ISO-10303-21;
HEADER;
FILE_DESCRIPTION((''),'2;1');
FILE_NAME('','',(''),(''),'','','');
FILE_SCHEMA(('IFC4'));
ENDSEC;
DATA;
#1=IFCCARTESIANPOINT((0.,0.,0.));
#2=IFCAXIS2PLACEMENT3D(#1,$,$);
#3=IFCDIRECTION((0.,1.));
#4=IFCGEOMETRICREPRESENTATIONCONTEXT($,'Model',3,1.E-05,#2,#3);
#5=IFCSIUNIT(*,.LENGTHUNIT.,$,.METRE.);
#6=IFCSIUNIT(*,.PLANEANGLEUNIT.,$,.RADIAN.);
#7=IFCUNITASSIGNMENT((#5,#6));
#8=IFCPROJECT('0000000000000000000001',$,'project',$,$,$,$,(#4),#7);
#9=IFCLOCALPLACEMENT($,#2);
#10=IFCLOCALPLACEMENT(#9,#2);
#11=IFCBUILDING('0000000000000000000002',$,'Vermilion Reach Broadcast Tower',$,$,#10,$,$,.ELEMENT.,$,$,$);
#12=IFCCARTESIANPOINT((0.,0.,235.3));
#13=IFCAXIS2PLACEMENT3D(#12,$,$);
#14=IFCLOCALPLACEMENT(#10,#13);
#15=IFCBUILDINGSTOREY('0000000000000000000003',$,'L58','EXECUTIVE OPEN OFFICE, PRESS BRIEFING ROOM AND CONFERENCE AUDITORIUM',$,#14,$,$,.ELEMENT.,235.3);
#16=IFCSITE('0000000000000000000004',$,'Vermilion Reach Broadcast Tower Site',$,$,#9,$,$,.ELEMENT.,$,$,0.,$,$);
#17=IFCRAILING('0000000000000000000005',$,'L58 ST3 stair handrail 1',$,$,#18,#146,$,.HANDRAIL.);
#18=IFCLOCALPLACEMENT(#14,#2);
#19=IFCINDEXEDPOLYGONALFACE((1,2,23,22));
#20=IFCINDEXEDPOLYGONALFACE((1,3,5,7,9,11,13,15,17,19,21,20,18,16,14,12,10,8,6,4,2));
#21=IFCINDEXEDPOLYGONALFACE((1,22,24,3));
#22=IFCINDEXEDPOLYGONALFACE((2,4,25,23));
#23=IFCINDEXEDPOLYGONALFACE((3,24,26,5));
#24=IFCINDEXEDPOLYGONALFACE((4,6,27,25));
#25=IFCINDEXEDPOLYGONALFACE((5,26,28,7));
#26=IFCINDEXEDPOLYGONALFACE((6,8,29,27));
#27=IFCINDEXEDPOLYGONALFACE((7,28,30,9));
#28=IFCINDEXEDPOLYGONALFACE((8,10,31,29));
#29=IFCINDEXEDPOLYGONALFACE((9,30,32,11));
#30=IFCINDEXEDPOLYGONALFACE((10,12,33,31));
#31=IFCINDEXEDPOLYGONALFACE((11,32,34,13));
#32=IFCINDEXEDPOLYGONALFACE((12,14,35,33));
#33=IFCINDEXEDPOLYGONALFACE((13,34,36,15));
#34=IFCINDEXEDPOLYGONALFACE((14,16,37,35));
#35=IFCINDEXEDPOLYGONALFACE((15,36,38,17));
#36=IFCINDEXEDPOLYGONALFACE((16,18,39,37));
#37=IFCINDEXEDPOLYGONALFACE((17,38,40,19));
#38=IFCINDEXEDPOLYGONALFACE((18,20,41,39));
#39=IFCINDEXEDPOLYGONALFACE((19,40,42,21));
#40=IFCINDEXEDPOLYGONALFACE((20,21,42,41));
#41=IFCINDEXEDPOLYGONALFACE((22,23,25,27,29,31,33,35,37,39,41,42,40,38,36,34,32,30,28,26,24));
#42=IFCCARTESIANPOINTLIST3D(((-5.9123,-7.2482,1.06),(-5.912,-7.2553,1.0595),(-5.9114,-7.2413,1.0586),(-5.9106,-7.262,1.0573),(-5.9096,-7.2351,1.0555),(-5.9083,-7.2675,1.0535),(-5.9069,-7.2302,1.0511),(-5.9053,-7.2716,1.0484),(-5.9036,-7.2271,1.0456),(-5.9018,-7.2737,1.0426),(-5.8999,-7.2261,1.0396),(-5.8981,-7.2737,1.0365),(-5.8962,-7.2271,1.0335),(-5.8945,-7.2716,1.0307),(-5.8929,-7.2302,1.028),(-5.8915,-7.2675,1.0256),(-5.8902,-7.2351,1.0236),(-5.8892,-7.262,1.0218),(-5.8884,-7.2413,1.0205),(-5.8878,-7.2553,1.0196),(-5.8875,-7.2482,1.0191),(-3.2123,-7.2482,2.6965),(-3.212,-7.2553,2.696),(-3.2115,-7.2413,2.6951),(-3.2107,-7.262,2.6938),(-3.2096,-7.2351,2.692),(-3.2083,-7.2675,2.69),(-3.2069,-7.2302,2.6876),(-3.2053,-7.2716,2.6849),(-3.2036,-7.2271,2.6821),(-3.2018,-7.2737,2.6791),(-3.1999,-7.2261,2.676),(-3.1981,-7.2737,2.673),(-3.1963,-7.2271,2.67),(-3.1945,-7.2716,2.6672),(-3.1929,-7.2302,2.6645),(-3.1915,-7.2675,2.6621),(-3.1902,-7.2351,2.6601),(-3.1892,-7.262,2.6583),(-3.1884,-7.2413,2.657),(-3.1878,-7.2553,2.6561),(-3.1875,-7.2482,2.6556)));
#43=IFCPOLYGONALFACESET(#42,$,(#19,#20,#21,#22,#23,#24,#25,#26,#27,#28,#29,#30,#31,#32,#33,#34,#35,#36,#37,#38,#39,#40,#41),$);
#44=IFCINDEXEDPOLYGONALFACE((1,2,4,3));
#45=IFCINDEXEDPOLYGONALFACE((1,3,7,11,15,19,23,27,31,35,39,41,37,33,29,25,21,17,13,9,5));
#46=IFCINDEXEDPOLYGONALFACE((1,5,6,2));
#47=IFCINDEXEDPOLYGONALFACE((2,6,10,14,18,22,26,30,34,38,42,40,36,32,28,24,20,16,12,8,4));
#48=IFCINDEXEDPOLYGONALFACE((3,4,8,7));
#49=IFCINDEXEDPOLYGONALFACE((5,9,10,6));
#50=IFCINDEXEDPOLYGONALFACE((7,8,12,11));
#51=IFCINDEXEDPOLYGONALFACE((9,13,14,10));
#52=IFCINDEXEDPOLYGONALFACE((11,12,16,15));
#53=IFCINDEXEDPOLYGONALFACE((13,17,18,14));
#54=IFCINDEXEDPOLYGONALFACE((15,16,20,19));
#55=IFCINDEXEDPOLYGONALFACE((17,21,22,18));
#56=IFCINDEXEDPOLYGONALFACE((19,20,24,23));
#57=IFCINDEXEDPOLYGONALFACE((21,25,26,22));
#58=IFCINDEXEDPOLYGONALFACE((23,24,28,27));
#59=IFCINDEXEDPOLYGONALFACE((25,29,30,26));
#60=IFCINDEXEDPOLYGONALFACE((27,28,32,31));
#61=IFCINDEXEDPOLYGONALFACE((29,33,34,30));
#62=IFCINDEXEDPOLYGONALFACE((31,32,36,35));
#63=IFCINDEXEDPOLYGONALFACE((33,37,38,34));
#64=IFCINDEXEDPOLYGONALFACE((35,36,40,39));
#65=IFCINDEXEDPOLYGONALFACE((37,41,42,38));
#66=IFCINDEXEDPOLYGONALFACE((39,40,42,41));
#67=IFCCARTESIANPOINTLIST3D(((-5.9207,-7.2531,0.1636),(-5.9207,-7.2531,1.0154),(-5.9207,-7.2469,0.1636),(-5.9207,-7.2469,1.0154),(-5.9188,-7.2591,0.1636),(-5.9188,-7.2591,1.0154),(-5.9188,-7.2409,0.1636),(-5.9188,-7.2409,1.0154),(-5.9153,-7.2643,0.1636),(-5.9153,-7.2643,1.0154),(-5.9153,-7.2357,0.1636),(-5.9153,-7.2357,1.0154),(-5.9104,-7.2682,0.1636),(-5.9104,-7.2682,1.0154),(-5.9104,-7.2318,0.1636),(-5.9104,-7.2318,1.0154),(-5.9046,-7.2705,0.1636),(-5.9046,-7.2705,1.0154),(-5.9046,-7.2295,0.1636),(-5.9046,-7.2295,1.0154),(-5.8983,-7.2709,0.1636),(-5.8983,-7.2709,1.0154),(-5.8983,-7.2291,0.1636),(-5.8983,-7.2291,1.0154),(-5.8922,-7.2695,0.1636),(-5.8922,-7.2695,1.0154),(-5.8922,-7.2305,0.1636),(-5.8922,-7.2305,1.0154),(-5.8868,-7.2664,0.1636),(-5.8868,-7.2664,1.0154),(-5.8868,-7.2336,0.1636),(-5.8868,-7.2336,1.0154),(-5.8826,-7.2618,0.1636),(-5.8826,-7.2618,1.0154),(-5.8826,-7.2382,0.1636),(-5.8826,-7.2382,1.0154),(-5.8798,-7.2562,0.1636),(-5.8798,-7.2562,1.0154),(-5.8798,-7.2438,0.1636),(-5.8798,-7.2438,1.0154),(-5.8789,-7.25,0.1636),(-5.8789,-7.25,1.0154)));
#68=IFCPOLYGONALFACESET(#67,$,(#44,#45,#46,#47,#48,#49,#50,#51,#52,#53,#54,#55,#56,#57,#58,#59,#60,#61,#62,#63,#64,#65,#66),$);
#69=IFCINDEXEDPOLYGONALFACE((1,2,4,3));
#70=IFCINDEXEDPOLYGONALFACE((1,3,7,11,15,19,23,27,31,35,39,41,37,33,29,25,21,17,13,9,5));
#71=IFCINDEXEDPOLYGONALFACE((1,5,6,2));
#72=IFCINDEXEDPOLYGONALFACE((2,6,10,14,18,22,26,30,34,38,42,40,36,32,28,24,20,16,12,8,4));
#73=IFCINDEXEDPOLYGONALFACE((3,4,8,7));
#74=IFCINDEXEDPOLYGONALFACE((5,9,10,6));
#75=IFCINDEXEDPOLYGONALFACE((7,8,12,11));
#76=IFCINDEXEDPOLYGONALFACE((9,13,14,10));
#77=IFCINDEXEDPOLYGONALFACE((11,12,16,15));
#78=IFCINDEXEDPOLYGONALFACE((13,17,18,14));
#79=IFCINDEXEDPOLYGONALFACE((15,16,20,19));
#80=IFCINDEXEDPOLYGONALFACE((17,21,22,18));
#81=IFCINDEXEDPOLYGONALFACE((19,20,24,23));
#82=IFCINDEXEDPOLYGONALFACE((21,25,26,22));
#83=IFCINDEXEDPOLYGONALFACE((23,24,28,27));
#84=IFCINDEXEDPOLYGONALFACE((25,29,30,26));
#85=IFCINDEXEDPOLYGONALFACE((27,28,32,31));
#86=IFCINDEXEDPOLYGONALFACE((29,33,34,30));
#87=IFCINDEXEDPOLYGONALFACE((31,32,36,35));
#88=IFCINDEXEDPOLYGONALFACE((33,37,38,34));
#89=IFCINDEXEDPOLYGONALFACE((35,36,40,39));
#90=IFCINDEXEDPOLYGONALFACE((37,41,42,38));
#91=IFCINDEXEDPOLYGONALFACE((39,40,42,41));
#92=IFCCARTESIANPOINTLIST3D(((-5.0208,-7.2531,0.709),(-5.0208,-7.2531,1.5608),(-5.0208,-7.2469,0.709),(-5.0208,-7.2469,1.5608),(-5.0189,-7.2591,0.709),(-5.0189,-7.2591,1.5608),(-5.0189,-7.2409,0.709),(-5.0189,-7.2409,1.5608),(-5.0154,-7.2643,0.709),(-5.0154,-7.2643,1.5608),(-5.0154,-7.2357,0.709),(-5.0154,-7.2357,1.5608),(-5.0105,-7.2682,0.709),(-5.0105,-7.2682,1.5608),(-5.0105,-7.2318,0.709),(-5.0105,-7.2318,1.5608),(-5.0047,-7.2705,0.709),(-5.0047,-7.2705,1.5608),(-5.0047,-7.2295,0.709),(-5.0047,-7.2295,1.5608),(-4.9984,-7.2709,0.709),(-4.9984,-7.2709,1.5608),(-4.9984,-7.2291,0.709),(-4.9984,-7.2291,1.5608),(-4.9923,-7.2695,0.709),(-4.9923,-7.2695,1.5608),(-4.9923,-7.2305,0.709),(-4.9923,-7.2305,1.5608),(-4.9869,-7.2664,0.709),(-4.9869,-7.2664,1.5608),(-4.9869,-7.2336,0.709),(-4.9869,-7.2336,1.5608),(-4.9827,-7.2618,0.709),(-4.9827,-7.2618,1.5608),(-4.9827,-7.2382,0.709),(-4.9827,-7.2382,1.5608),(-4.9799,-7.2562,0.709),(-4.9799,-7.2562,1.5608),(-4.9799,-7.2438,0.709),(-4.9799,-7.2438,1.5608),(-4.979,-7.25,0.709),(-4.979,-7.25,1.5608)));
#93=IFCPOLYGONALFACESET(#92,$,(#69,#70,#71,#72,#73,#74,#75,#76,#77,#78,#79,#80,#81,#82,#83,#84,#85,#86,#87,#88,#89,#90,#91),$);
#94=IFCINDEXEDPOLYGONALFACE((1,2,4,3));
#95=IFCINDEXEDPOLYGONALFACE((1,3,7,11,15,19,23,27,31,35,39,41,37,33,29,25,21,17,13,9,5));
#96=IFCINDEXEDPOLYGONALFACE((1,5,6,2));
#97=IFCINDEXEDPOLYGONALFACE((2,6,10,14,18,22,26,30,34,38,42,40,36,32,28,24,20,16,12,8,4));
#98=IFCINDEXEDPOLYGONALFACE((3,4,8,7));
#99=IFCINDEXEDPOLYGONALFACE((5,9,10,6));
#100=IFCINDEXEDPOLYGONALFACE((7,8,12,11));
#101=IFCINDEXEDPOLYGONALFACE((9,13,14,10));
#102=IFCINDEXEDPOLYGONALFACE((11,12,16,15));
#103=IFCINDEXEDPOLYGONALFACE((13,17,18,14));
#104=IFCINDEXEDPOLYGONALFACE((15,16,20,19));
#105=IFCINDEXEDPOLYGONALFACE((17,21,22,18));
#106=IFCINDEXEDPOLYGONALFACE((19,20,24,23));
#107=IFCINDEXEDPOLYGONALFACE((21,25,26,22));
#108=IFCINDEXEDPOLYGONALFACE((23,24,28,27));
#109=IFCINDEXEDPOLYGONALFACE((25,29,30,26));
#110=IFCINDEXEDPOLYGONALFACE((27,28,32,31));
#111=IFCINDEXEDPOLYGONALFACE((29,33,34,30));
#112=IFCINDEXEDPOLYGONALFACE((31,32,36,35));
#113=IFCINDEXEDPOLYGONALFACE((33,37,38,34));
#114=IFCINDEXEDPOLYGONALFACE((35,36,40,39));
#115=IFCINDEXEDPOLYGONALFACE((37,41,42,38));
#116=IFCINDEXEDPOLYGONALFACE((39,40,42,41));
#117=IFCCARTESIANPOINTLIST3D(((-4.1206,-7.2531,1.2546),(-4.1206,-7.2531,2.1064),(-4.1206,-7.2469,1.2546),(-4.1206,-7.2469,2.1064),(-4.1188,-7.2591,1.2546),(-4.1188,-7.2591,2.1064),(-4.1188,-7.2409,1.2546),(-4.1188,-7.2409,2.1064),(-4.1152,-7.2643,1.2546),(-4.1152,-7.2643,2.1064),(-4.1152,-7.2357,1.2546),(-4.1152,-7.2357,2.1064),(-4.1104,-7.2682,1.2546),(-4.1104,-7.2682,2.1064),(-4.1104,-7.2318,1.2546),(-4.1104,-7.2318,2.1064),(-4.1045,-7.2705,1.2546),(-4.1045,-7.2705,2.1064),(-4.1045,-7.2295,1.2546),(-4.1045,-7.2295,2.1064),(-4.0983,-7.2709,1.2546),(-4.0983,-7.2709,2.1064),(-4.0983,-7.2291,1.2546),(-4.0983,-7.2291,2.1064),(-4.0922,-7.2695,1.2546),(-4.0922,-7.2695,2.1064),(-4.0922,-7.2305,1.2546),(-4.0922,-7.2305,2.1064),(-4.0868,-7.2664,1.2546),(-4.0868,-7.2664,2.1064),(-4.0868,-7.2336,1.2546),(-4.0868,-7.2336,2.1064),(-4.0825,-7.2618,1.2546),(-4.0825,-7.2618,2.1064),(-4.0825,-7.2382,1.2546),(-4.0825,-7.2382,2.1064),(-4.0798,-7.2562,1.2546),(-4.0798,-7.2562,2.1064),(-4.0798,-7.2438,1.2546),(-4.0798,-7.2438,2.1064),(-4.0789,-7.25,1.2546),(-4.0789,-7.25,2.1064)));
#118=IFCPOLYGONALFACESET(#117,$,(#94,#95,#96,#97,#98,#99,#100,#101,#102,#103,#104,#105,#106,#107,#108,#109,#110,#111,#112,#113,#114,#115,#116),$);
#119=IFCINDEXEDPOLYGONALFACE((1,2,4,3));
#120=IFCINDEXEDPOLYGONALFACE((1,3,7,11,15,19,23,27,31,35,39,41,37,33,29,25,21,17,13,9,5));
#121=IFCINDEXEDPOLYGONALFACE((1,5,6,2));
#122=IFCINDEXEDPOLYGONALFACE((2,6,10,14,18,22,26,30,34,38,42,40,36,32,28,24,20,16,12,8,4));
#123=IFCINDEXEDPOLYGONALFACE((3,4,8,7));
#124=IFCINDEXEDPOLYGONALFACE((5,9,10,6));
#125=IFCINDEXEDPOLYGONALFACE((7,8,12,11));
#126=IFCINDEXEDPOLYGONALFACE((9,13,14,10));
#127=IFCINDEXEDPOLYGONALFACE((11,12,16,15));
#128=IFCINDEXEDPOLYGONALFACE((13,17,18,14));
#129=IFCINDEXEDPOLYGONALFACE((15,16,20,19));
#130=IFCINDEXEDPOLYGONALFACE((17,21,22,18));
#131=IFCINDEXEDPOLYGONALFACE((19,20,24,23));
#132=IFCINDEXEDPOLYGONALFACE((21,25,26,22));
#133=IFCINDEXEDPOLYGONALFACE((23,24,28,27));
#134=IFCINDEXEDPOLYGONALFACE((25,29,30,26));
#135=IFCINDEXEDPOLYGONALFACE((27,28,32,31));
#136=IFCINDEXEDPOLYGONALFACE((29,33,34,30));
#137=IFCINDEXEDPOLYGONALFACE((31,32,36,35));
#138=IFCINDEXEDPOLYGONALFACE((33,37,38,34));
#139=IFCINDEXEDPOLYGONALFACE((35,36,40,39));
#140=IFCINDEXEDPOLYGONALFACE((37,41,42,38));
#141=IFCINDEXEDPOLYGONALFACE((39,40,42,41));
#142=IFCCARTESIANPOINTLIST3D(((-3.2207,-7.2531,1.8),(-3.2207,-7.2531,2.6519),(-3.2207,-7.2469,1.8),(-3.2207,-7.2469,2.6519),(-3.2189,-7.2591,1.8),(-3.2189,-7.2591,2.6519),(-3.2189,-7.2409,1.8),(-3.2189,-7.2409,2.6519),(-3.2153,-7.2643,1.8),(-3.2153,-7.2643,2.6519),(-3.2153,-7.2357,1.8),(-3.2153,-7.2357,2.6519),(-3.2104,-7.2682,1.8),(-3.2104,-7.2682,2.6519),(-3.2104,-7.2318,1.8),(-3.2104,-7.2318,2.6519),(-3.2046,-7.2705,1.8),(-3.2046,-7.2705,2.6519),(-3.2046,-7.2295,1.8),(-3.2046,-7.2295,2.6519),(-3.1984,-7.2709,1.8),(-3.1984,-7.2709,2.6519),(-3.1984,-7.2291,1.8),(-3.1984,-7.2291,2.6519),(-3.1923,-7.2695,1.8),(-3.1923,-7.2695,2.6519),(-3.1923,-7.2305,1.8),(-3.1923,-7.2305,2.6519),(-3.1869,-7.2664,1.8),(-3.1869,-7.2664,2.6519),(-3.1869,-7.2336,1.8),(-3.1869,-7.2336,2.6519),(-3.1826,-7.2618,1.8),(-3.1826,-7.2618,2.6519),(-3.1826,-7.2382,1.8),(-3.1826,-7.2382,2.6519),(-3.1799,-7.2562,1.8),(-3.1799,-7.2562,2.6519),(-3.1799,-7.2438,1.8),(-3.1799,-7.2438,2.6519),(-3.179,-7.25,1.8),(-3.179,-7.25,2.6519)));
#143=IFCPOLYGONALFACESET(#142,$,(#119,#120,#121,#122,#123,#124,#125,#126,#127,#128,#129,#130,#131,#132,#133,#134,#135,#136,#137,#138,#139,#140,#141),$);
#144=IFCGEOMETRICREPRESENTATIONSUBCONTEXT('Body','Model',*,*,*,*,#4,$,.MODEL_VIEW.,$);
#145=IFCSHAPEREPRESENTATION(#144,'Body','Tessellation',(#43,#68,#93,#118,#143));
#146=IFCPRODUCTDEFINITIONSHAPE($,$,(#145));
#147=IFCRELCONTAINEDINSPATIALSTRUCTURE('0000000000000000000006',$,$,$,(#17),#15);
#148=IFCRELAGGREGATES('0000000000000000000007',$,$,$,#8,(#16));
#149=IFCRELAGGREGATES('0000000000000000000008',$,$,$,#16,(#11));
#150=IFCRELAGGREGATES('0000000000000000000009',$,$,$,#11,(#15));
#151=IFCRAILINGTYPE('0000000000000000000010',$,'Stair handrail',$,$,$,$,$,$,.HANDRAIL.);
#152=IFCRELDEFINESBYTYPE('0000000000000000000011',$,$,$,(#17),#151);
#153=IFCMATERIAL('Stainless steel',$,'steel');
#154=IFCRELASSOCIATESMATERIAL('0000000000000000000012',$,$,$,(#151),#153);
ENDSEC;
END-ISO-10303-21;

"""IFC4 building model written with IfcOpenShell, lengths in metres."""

from ifc_helpers import new_model, si_unit, direction, frame, origin, origin_2d, place, context, subcontext, project, spatial, circle, extrude, material, type_object, element, save


model = new_model("IFC4")

# Units and contexts
model_context = context("Model", 3, precision=1e-05, world=origin(), true_north=direction((0.0, 1.0)))
body_context = subcontext(model_context, "Body", "Model", "MODEL_VIEW")
ifc_project = project(units=[si_unit("LENGTHUNIT", "METRE"), si_unit("PLANEANGLEUNIT", "RADIAN")], contexts=[model_context])

# Site, building, storey
site_placement = place(None, origin())
site = spatial("IfcSite", under=ifc_project, at=site_placement, Name="Vermilion Reach Broadcast Tower Site", CompositionType="ELEMENT", RefElevation=0.0)
building_placement = place(site_placement, origin())
building = spatial("IfcBuilding", under=site, at=building_placement, Name="Vermilion Reach Broadcast Tower", CompositionType="ELEMENT")
storey_placement = place(building_placement, frame((0.0, 0.0, 235.3)))
storey = spatial("IfcBuildingStorey", under=building, at=storey_placement, Name="L58", Description="EXECUTIVE OPEN OFFICE, PRESS BRIEFING ROOM AND CONFERENCE AUDITORIUM", CompositionType="ELEMENT", Elevation=235.3)

# Railing
ifc_material_1 = material(Name="Stainless steel", Category="steel")
railing_type_1 = type_object("IfcRailingType", Name="Stair handrail", PredefinedType="HANDRAIL", material=ifc_material_1)
railing_1_placement = place(storey_placement, frame((-5.8999, -7.25, 0.1636)))
element("IfcRailing", 1, at=railing_1_placement, inside=storey, type_object=railing_type_1, Name="L58 ST3 stair handrail 1", PredefinedType="HANDRAIL", context=body_context, shape_type="SweptSolid", body=[
    extrude(circle(Radius=0.0239, at=origin_2d()), frame((0.0, 0.0, 0.876), z_axis=(0.855178, 0.0, 0.518334), x_axis=(0.0, 1.0, 0.0)), (0.0, 0.0, 1.0), 3.1572),
    extrude(circle(Radius=0.021, at=origin_2d()), origin(), (0.0, 0.0, 1.0), 0.8518),
    extrude(circle(Radius=0.021, at=origin_2d()), frame((0.8999, 0.0, 0.5454)), (0.0, 0.0, 1.0), 0.8518),
    extrude(circle(Radius=0.021, at=origin_2d()), frame((1.8, 0.0, 1.0911)), (0.0, 0.0, 1.0), 0.8518),
    extrude(circle(Radius=0.021, at=origin_2d()), frame((2.7, 0.0, 1.6365)), (0.0, 0.0, 1.0), 0.8518),
])

save(model, "model.ifc")
